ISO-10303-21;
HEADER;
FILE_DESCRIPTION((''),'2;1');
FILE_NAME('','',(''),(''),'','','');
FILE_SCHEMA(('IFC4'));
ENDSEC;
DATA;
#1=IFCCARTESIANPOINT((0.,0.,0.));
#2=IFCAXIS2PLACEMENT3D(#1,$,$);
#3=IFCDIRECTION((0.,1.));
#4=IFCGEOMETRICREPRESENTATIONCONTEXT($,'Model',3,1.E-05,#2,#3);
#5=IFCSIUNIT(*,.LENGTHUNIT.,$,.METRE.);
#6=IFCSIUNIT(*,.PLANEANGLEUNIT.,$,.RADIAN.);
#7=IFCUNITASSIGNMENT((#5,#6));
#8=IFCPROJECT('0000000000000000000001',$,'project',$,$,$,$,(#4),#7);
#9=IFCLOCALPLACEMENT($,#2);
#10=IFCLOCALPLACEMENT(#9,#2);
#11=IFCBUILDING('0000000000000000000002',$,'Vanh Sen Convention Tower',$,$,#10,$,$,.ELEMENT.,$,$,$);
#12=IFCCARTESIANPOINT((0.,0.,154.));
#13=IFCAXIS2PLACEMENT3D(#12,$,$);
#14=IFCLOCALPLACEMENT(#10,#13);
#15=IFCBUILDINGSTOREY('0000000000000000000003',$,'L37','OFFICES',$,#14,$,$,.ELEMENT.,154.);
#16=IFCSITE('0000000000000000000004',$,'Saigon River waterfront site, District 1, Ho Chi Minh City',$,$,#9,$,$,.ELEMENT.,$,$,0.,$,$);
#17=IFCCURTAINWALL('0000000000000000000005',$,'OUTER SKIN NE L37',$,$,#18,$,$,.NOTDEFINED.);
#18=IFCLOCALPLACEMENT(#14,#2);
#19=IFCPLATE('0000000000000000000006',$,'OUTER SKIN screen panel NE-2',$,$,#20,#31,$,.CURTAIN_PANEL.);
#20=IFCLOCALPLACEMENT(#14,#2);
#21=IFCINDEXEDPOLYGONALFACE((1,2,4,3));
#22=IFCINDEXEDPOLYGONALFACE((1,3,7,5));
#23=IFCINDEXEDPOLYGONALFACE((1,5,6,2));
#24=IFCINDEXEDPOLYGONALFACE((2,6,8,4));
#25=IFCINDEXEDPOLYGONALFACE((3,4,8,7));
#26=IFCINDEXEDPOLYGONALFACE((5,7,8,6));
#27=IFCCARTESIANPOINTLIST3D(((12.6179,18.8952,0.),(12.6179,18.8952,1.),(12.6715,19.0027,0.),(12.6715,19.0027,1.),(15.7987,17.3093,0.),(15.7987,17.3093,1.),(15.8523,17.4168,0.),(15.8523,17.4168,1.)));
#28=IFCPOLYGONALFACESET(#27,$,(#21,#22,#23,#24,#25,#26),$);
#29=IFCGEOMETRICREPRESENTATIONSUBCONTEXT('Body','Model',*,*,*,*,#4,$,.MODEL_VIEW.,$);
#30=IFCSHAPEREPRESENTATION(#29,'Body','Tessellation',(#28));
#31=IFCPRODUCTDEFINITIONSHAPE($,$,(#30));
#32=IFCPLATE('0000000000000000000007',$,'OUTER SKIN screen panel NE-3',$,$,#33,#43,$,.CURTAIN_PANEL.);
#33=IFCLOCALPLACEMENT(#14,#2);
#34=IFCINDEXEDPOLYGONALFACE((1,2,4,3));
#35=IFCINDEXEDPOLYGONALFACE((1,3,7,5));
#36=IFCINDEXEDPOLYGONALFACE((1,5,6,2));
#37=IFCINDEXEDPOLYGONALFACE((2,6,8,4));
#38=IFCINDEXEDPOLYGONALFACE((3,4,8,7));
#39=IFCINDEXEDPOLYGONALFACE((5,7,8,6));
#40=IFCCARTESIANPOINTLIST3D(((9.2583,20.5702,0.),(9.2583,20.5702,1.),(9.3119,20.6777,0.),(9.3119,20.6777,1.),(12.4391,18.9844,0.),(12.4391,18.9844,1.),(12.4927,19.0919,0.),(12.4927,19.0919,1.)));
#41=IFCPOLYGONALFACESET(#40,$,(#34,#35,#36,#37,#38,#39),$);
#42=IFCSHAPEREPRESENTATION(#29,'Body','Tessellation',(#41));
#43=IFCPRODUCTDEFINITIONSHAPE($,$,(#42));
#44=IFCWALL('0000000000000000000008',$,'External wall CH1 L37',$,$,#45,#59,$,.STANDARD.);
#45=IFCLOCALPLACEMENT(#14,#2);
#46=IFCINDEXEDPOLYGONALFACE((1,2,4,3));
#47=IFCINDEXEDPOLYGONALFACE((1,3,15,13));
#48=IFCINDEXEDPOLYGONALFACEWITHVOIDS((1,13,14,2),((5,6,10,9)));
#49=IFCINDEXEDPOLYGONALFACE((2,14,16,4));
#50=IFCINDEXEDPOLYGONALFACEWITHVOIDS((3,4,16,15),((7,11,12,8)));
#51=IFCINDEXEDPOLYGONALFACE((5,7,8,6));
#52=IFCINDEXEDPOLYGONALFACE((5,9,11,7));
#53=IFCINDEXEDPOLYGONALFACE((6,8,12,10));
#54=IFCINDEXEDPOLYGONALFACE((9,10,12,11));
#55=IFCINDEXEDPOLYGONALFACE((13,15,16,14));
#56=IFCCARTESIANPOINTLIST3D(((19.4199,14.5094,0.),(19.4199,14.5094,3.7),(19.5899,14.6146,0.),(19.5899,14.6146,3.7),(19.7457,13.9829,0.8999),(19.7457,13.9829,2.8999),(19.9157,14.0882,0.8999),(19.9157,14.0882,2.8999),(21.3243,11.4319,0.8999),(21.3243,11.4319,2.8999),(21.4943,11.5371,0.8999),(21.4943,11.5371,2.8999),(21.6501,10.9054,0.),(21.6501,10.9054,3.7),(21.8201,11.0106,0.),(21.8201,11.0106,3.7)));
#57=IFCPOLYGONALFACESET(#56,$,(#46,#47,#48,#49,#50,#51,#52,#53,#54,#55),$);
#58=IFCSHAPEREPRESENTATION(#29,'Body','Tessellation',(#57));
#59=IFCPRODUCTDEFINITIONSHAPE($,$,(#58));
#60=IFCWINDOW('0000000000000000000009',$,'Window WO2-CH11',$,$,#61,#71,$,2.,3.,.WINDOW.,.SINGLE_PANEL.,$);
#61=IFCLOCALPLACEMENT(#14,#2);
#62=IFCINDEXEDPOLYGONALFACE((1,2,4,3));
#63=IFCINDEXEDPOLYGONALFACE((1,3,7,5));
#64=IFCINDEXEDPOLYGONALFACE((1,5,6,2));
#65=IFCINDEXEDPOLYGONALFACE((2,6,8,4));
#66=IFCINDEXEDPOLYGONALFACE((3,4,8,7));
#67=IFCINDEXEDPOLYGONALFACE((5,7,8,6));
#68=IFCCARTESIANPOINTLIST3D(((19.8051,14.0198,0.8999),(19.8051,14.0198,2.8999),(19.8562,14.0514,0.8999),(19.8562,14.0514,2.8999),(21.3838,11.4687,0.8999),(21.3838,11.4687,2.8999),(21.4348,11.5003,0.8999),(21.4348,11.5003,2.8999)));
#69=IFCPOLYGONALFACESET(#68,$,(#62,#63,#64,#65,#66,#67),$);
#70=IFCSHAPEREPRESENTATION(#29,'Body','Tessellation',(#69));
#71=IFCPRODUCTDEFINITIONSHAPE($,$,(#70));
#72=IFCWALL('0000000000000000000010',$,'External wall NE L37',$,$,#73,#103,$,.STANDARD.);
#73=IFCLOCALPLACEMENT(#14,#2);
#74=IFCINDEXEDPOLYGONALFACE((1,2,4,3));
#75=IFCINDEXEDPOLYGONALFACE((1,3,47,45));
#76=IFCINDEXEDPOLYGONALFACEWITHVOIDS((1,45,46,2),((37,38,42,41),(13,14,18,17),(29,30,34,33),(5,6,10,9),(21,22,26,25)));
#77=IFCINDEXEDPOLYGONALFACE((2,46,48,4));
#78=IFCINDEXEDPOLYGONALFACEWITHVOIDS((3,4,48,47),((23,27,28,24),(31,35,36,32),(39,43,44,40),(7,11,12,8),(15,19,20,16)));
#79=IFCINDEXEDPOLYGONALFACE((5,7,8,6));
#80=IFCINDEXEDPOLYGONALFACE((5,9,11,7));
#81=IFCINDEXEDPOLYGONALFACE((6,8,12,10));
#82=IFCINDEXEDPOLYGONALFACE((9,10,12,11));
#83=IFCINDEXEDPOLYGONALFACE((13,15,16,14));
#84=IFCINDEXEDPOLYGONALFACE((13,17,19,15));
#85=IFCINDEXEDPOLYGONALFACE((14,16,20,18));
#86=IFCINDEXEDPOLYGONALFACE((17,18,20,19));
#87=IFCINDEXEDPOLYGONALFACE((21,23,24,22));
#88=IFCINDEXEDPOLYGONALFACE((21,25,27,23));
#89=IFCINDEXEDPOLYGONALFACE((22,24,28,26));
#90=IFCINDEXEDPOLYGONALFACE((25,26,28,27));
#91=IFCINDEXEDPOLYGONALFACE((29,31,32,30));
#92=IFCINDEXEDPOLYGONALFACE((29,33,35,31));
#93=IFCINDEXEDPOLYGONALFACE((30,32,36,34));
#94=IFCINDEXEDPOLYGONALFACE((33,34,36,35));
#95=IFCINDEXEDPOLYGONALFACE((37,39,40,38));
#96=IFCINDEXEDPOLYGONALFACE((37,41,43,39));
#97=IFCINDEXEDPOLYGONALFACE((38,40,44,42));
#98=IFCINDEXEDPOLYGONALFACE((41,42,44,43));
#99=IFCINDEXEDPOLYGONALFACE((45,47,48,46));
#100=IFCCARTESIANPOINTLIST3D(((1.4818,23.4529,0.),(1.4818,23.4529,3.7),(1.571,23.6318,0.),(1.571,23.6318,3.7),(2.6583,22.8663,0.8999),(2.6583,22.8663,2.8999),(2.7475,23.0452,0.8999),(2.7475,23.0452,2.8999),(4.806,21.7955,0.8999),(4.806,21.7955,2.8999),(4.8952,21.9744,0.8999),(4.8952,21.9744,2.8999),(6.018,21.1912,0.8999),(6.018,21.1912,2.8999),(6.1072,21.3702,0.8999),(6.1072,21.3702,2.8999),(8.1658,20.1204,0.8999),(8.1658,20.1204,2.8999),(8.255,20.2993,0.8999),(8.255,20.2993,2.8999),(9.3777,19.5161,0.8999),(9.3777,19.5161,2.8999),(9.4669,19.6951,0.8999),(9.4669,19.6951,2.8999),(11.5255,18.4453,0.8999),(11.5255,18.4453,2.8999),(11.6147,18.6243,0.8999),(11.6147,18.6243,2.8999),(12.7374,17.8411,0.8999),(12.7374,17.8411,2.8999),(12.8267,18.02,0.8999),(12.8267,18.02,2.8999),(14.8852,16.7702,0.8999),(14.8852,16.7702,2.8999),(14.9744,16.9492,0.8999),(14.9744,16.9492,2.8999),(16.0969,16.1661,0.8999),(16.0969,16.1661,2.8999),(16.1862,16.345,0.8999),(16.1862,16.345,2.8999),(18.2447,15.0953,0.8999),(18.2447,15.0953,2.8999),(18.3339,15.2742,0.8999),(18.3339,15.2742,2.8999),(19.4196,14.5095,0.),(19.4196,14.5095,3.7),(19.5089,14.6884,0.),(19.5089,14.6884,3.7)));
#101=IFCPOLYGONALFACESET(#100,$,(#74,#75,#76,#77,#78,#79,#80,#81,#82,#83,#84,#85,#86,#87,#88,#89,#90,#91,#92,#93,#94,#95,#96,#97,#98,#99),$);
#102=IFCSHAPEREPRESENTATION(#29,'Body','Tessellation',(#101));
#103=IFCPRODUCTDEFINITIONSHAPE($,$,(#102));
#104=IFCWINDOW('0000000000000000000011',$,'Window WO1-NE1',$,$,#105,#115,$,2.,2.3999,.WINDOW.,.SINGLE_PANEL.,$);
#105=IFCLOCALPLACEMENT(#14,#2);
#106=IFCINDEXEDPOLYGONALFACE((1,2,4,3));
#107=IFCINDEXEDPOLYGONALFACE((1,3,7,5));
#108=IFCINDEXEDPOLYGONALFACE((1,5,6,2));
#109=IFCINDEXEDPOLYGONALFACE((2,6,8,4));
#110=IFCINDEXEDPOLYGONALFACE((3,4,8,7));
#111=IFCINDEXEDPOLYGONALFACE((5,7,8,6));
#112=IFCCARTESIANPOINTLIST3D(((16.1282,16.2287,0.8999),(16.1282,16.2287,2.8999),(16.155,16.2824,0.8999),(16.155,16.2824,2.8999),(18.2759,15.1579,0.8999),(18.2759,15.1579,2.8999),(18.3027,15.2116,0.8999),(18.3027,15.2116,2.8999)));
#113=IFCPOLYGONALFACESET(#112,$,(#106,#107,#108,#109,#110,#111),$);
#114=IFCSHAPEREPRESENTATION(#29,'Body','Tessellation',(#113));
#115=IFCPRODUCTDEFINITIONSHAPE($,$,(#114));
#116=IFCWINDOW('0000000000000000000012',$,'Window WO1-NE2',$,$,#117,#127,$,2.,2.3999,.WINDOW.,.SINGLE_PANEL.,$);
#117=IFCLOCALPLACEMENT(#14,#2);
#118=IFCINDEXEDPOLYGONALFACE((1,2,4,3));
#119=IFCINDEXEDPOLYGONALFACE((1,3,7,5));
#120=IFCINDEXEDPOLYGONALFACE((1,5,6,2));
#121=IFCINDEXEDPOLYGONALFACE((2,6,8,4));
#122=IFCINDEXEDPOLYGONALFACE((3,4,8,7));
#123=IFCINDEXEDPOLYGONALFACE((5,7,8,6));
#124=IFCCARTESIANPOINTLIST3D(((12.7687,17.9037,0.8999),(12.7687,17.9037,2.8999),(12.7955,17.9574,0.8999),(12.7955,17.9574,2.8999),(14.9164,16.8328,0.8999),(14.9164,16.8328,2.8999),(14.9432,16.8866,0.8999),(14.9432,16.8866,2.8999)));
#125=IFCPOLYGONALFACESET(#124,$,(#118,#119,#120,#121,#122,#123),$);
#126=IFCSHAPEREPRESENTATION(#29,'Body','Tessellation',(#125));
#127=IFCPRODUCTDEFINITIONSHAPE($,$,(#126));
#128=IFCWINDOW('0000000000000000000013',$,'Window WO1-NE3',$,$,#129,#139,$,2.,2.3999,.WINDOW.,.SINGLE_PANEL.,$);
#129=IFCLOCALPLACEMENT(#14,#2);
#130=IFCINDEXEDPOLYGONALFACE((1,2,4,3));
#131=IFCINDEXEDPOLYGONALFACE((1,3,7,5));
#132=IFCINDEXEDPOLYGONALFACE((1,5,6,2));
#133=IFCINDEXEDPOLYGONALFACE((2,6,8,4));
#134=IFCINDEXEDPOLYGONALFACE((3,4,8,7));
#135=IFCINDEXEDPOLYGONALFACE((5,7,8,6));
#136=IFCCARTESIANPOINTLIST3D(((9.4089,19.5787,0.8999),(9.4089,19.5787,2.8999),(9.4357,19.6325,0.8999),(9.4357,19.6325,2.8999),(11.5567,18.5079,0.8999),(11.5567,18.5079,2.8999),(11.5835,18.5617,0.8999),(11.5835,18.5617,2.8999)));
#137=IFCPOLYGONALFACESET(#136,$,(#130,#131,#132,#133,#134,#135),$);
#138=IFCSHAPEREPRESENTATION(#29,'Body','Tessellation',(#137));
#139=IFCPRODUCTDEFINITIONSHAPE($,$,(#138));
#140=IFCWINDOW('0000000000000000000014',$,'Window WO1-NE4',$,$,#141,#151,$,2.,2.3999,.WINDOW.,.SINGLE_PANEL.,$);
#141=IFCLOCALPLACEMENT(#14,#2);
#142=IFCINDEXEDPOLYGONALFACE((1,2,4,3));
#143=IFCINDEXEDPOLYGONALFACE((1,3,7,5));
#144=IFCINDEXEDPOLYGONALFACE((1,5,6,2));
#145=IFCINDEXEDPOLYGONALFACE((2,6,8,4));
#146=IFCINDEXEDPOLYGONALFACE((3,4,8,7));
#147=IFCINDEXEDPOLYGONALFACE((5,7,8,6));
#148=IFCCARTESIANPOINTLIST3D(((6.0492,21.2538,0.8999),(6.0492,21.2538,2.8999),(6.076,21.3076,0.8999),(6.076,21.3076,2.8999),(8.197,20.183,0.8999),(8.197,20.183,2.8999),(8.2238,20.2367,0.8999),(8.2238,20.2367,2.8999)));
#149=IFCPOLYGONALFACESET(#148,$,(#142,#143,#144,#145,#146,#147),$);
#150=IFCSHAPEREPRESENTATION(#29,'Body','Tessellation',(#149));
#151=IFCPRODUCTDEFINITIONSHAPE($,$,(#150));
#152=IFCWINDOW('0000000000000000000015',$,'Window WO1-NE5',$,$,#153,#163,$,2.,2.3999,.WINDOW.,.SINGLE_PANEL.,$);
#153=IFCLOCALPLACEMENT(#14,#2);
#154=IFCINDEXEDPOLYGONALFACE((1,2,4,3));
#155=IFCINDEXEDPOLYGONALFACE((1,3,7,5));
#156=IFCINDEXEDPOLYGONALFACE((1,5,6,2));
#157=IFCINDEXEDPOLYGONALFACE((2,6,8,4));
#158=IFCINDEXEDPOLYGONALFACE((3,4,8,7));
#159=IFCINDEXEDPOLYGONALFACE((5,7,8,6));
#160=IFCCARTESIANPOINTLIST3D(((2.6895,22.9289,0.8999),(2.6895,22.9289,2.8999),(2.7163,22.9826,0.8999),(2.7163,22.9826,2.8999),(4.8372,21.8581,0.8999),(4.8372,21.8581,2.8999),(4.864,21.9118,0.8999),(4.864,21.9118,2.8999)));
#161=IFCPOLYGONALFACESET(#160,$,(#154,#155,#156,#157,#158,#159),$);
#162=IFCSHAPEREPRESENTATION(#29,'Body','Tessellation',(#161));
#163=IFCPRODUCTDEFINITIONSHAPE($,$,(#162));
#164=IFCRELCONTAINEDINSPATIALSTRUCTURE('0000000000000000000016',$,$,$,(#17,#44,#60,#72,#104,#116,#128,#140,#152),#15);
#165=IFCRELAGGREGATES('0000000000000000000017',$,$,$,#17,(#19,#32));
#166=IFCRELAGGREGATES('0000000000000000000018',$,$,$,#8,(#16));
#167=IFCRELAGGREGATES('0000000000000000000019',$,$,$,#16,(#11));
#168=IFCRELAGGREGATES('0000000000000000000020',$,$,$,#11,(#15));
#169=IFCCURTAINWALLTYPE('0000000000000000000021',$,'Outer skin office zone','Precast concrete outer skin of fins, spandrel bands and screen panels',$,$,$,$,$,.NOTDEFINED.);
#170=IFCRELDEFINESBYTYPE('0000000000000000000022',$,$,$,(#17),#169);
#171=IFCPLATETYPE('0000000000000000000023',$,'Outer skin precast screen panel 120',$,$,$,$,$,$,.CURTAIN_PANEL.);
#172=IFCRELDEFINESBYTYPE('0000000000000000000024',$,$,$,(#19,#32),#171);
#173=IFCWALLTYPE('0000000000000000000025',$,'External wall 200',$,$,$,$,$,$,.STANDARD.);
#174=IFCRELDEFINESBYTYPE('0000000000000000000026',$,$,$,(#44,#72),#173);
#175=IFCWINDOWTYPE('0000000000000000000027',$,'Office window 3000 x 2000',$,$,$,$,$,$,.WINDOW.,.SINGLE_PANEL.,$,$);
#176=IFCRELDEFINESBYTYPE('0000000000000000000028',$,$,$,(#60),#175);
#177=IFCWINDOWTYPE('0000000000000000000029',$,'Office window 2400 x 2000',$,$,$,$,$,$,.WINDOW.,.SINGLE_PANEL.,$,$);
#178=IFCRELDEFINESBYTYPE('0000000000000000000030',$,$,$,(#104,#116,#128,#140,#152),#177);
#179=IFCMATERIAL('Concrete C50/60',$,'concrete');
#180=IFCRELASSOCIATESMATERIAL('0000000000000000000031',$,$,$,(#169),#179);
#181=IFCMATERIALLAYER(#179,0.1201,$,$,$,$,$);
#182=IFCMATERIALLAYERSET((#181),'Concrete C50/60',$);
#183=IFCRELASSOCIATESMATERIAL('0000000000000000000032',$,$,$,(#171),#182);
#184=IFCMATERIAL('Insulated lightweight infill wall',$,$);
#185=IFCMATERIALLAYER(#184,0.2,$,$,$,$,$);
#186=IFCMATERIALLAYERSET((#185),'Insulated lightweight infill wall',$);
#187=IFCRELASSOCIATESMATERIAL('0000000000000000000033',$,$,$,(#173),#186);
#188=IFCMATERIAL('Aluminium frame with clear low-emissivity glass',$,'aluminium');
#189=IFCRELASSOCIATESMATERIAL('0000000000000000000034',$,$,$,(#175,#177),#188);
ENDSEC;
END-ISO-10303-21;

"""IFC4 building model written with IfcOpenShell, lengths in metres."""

from ifc_helpers import new_model, si_unit, direction, frame, frame_2d, origin, origin_2d, place, context, subcontext, project, spatial, rectangle, extrude, material, layer, layer_set, type_object, element, fill, aggregate, save


model = new_model("IFC4")

# Units and contexts
model_context = context("Model", 3, precision=1e-05, world=origin(), true_north=direction((0.0, 1.0)))
body_context = subcontext(model_context, "Body", "Model", "MODEL_VIEW")
ifc_project = project(units=[si_unit("LENGTHUNIT", "METRE"), si_unit("PLANEANGLEUNIT", "RADIAN")], contexts=[model_context])

# Site, building, storey
site_placement = place(None, origin())
site = spatial("IfcSite", under=ifc_project, at=site_placement, Name="Saigon River waterfront site, District 1, Ho Chi Minh City", CompositionType="ELEMENT", RefElevation=0.0)
building_placement = place(site_placement, origin())
building = spatial("IfcBuilding", under=site, at=building_placement, Name="Vanh Sen Convention Tower", CompositionType="ELEMENT")
storey_placement = place(building_placement, frame((0.0, 0.0, 154.0)))
storey = spatial("IfcBuildingStorey", under=building, at=storey_placement, Name="L37", Description="OFFICES", CompositionType="ELEMENT", Elevation=154.0)

# Curtain wall
ifc_material_1 = material(Name="Concrete C50/60", Category="concrete")
curtain_wall_type = type_object("IfcCurtainWallType", Name="Outer skin office zone", Description="Precast concrete outer skin of fins, spandrel bands and screen panels", PredefinedType="NOTDEFINED", material=ifc_material_1)
curtain_wall_1_placement = place(storey_placement, origin())
curtain_wall_1 = element("IfcCurtainWall", 1, at=curtain_wall_1_placement, inside=storey, type_object=curtain_wall_type, Name="OUTER SKIN NE L37", PredefinedType="NOTDEFINED")

# Shared definitions
ifc_layer_1 = layer(ifc_material_1, 0.1201)
ifc_layer_set_1 = layer_set([ifc_layer_1], Name="Concrete C50/60")
plate_type = type_object("IfcPlateType", Name="Outer skin precast screen panel 120", PredefinedType="CURTAIN_PANEL", material=ifc_layer_set_1)

# Plates
plate_1_placement = place(storey_placement, frame((14.2351, 18.156, 0.0), z_axis=(0.0, 0.0, 1.0), x_axis=(-0.894933, 0.446201, 0.0)))
plate_1 = element("IfcPlate", 2, at=plate_1_placement, type_object=plate_type, Name="OUTER SKIN screen panel NE-2", PredefinedType="CURTAIN_PANEL", context=body_context, shape_type="SweptSolid", body=[
    extrude(rectangle(XDim=3.5542, YDim=0.1201, at=origin_2d()), origin(), (0.0, 0.0, 1.0), 1.0),
])
plate_2_placement = place(storey_placement, frame((10.8755, 19.8311, 0.0), z_axis=(0.0, 0.0, 1.0), x_axis=(-0.894933, 0.446201, 0.0)))
plate_2 = element("IfcPlate", 3, at=plate_2_placement, type_object=plate_type, Name="OUTER SKIN screen panel NE-3", PredefinedType="CURTAIN_PANEL", context=body_context, shape_type="SweptSolid", body=[
    extrude(rectangle(XDim=3.5542, YDim=0.1201, at=origin_2d()), origin(), (0.0, 0.0, 1.0), 1.0),
])
aggregate(curtain_wall_1, [plate_1, plate_2])

# Wall, opening, window
ifc_material_2 = material(Name="Insulated lightweight infill wall")
ifc_layer_2 = layer(ifc_material_2, 0.2)
ifc_layer_set_2 = layer_set([ifc_layer_2], Name="Insulated lightweight infill wall")
wall_type_1 = type_object("IfcWallType", Name="External wall 200", PredefinedType="STANDARD", material=ifc_layer_set_2)
wall_1_placement = place(storey_placement, frame((21.7351, 10.958, 0.0), z_axis=(0.0, 0.0, 1.0), x_axis=(-0.526214, 0.850352, 0.0)))
wall_1 = element("IfcWall", 4, at=wall_1_placement, inside=storey, type_object=wall_type_1, Name="External wall CH1 L37", PredefinedType="STANDARD", context=body_context, shape_type="SweptSolid", body=[
    extrude(rectangle(XDim=4.2383, YDim=0.2, at=frame_2d((2.1191, 0.0))), origin(), (0.0, 0.0, 1.0), 3.7),
])
opening_1_placement = place(wall_1_placement, frame((0.6191, 0.0, 0.8999)))
opening_1 = element("IfcOpeningElement", 5, at=opening_1_placement, cuts=wall_1, PredefinedType="OPENING", context=body_context, shape_type="SweptSolid", body=[
    extrude(rectangle(XDim=3.0, YDim=2.0, at=frame_2d((1.5, 1.0))), frame((0.0, 0.1099, 0.0), z_axis=(0.0, -1.0, 0.0), x_axis=(1.0, 0.0, 0.0)), (0.0, 0.0, 1.0), 0.22),
])
ifc_material_3 = material(Name="Aluminium frame with clear low-emissivity glass", Category="aluminium")
window_type_1 = type_object("IfcWindowType", Name="Office window 3000 x 2000", PartitioningType="SINGLE_PANEL", PredefinedType="WINDOW", material=ifc_material_3)
window_1_placement = place(opening_1_placement, origin())
window_1 = element("IfcWindow", 6, at=window_1_placement, inside=storey, type_object=window_type_1, Name="Window WO2-CH11", OverallHeight=2.0, OverallWidth=3.0, PartitioningType="SINGLE_PANEL", PredefinedType="WINDOW", context=body_context, shape_type="SweptSolid", body=[
    extrude(rectangle(XDim=3.0, YDim=2.0, at=frame_2d((1.5, 1.0))), frame((0.0, 0.03, 0.0), z_axis=(0.0, -1.0, 0.0), x_axis=(1.0, 0.0, 0.0)), (0.0, 0.0, 1.0), 0.0601),
])
fill(opening_1, window_1)

# Wall, openings, windows
wall_2_placement = place(storey_placement, frame((19.4644, 14.5989, 0.0), z_axis=(0.0, 0.0, 1.0), x_axis=(-0.894936, 0.446195, 0.0)))
wall_2 = element("IfcWall", 7, at=wall_2_placement, inside=storey, type_object=wall_type_1, Name="External wall NE L37", PredefinedType="STANDARD", context=body_context, shape_type="SweptSolid", body=[
    extrude(rectangle(XDim=20.0437, YDim=0.2, at=frame_2d((10.022, 0.0))), origin(), (0.0, 0.0, 1.0), 3.7),
])
opening_2_placement = place(wall_2_placement, frame((1.313, 0.0, 0.8999)))
opening_2 = element("IfcOpeningElement", 8, at=opening_2_placement, cuts=wall_2, PredefinedType="OPENING", context=body_context, shape_type="SweptSolid", body=[
    extrude(rectangle(XDim=2.3999, YDim=2.0, at=frame_2d((1.2, 1.0))), frame((0.0, 0.1099, 0.0), z_axis=(0.0, -1.0, 0.0), x_axis=(1.0, 0.0, 0.0)), (0.0, 0.0, 1.0), 0.22),
])
opening_3_placement = place(wall_2_placement, frame((5.0669, 0.0, 0.8999)))
opening_3 = element("IfcOpeningElement", 9, at=opening_3_placement, cuts=wall_2, PredefinedType="OPENING", context=body_context, shape_type="SweptSolid", body=[
    extrude(rectangle(XDim=2.3999, YDim=2.0, at=frame_2d((1.2, 1.0))), frame((0.0, 0.1099, 0.0), z_axis=(0.0, -1.0, 0.0), x_axis=(1.0, 0.0, 0.0)), (0.0, 0.0, 1.0), 0.22),
])
opening_4_placement = place(wall_2_placement, frame((8.821, 0.0, 0.8999)))
opening_4 = element("IfcOpeningElement", 10, at=opening_4_placement, cuts=wall_2, PredefinedType="OPENING", context=body_context, shape_type="SweptSolid", body=[
    extrude(rectangle(XDim=2.3999, YDim=2.0, at=frame_2d((1.2, 1.0))), frame((0.0, 0.1099, 0.0), z_axis=(0.0, -1.0, 0.0), x_axis=(1.0, 0.0, 0.0)), (0.0, 0.0, 1.0), 0.22),
])
opening_5_placement = place(wall_2_placement, frame((12.5752, 0.0, 0.8999)))
opening_5 = element("IfcOpeningElement", 11, at=opening_5_placement, cuts=wall_2, PredefinedType="OPENING", context=body_context, shape_type="SweptSolid", body=[
    extrude(rectangle(XDim=2.3999, YDim=2.0, at=frame_2d((1.2, 1.0))), frame((0.0, 0.1099, 0.0), z_axis=(0.0, -1.0, 0.0), x_axis=(1.0, 0.0, 0.0)), (0.0, 0.0, 1.0), 0.22),
])
opening_6_placement = place(wall_2_placement, frame((16.3293, 0.0, 0.8999)))
opening_6 = element("IfcOpeningElement", 12, at=opening_6_placement, cuts=wall_2, PredefinedType="OPENING", context=body_context, shape_type="SweptSolid", body=[
    extrude(rectangle(XDim=2.3999, YDim=2.0, at=frame_2d((1.2, 1.0))), frame((0.0, 0.1099, 0.0), z_axis=(0.0, -1.0, 0.0), x_axis=(1.0, 0.0, 0.0)), (0.0, 0.0, 1.0), 0.22),
])
window_type_2 = type_object("IfcWindowType", Name="Office window 2400 x 2000", PartitioningType="SINGLE_PANEL", PredefinedType="WINDOW", material=ifc_material_3)
window_2_placement = place(opening_2_placement, origin())
window_2 = element("IfcWindow", 13, at=window_2_placement, inside=storey, type_object=window_type_2, Name="Window WO1-NE1", OverallHeight=2.0, OverallWidth=2.3999, PartitioningType="SINGLE_PANEL", PredefinedType="WINDOW", context=body_context, shape_type="SweptSolid", body=[
    extrude(rectangle(XDim=2.3999, YDim=2.0, at=frame_2d((1.2, 1.0))), frame((0.0, 0.03, 0.0), z_axis=(0.0, -1.0, 0.0), x_axis=(1.0, 0.0, 0.0)), (0.0, 0.0, 1.0), 0.0601),
])
fill(opening_2, window_2)
window_3_placement = place(opening_3_placement, origin())
window_3 = element("IfcWindow", 14, at=window_3_placement, inside=storey, type_object=window_type_2, Name="Window WO1-NE2", OverallHeight=2.0, OverallWidth=2.3999, PartitioningType="SINGLE_PANEL", PredefinedType="WINDOW", context=body_context, shape_type="SweptSolid", body=[
    extrude(rectangle(XDim=2.3999, YDim=2.0, at=frame_2d((1.2, 1.0))), frame((0.0, 0.03, 0.0), z_axis=(0.0, -1.0, 0.0), x_axis=(1.0, 0.0, 0.0)), (0.0, 0.0, 1.0), 0.0601),
])
fill(opening_3, window_3)
window_4_placement = place(opening_4_placement, origin())
window_4 = element("IfcWindow", 15, at=window_4_placement, inside=storey, type_object=window_type_2, Name="Window WO1-NE3", OverallHeight=2.0, OverallWidth=2.3999, PartitioningType="SINGLE_PANEL", PredefinedType="WINDOW", context=body_context, shape_type="SweptSolid", body=[
    extrude(rectangle(XDim=2.3999, YDim=2.0, at=frame_2d((1.2, 1.0))), frame((0.0, 0.03, 0.0), z_axis=(0.0, -1.0, 0.0), x_axis=(1.0, 0.0, 0.0)), (0.0, 0.0, 1.0), 0.0601),
])
fill(opening_4, window_4)
window_5_placement = place(opening_5_placement, origin())
window_5 = element("IfcWindow", 16, at=window_5_placement, inside=storey, type_object=window_type_2, Name="Window WO1-NE4", OverallHeight=2.0, OverallWidth=2.3999, PartitioningType="SINGLE_PANEL", PredefinedType="WINDOW", context=body_context, shape_type="SweptSolid", body=[
    extrude(rectangle(XDim=2.3999, YDim=2.0, at=frame_2d((1.2, 1.0))), frame((0.0, 0.03, 0.0), z_axis=(0.0, -1.0, 0.0), x_axis=(1.0, 0.0, 0.0)), (0.0, 0.0, 1.0), 0.0601),
])
fill(opening_5, window_5)
window_6_placement = place(opening_6_placement, origin())
window_6 = element("IfcWindow", 17, at=window_6_placement, inside=storey, type_object=window_type_2, Name="Window WO1-NE5", OverallHeight=2.0, OverallWidth=2.3999, PartitioningType="SINGLE_PANEL", PredefinedType="WINDOW", context=body_context, shape_type="SweptSolid", body=[
    extrude(rectangle(XDim=2.3999, YDim=2.0, at=frame_2d((1.2, 1.0))), frame((0.0, 0.03, 0.0), z_axis=(0.0, -1.0, 0.0), x_axis=(1.0, 0.0, 0.0)), (0.0, 0.0, 1.0), 0.0601),
])
fill(opening_6, window_6)

save(model, "model.ifc")
